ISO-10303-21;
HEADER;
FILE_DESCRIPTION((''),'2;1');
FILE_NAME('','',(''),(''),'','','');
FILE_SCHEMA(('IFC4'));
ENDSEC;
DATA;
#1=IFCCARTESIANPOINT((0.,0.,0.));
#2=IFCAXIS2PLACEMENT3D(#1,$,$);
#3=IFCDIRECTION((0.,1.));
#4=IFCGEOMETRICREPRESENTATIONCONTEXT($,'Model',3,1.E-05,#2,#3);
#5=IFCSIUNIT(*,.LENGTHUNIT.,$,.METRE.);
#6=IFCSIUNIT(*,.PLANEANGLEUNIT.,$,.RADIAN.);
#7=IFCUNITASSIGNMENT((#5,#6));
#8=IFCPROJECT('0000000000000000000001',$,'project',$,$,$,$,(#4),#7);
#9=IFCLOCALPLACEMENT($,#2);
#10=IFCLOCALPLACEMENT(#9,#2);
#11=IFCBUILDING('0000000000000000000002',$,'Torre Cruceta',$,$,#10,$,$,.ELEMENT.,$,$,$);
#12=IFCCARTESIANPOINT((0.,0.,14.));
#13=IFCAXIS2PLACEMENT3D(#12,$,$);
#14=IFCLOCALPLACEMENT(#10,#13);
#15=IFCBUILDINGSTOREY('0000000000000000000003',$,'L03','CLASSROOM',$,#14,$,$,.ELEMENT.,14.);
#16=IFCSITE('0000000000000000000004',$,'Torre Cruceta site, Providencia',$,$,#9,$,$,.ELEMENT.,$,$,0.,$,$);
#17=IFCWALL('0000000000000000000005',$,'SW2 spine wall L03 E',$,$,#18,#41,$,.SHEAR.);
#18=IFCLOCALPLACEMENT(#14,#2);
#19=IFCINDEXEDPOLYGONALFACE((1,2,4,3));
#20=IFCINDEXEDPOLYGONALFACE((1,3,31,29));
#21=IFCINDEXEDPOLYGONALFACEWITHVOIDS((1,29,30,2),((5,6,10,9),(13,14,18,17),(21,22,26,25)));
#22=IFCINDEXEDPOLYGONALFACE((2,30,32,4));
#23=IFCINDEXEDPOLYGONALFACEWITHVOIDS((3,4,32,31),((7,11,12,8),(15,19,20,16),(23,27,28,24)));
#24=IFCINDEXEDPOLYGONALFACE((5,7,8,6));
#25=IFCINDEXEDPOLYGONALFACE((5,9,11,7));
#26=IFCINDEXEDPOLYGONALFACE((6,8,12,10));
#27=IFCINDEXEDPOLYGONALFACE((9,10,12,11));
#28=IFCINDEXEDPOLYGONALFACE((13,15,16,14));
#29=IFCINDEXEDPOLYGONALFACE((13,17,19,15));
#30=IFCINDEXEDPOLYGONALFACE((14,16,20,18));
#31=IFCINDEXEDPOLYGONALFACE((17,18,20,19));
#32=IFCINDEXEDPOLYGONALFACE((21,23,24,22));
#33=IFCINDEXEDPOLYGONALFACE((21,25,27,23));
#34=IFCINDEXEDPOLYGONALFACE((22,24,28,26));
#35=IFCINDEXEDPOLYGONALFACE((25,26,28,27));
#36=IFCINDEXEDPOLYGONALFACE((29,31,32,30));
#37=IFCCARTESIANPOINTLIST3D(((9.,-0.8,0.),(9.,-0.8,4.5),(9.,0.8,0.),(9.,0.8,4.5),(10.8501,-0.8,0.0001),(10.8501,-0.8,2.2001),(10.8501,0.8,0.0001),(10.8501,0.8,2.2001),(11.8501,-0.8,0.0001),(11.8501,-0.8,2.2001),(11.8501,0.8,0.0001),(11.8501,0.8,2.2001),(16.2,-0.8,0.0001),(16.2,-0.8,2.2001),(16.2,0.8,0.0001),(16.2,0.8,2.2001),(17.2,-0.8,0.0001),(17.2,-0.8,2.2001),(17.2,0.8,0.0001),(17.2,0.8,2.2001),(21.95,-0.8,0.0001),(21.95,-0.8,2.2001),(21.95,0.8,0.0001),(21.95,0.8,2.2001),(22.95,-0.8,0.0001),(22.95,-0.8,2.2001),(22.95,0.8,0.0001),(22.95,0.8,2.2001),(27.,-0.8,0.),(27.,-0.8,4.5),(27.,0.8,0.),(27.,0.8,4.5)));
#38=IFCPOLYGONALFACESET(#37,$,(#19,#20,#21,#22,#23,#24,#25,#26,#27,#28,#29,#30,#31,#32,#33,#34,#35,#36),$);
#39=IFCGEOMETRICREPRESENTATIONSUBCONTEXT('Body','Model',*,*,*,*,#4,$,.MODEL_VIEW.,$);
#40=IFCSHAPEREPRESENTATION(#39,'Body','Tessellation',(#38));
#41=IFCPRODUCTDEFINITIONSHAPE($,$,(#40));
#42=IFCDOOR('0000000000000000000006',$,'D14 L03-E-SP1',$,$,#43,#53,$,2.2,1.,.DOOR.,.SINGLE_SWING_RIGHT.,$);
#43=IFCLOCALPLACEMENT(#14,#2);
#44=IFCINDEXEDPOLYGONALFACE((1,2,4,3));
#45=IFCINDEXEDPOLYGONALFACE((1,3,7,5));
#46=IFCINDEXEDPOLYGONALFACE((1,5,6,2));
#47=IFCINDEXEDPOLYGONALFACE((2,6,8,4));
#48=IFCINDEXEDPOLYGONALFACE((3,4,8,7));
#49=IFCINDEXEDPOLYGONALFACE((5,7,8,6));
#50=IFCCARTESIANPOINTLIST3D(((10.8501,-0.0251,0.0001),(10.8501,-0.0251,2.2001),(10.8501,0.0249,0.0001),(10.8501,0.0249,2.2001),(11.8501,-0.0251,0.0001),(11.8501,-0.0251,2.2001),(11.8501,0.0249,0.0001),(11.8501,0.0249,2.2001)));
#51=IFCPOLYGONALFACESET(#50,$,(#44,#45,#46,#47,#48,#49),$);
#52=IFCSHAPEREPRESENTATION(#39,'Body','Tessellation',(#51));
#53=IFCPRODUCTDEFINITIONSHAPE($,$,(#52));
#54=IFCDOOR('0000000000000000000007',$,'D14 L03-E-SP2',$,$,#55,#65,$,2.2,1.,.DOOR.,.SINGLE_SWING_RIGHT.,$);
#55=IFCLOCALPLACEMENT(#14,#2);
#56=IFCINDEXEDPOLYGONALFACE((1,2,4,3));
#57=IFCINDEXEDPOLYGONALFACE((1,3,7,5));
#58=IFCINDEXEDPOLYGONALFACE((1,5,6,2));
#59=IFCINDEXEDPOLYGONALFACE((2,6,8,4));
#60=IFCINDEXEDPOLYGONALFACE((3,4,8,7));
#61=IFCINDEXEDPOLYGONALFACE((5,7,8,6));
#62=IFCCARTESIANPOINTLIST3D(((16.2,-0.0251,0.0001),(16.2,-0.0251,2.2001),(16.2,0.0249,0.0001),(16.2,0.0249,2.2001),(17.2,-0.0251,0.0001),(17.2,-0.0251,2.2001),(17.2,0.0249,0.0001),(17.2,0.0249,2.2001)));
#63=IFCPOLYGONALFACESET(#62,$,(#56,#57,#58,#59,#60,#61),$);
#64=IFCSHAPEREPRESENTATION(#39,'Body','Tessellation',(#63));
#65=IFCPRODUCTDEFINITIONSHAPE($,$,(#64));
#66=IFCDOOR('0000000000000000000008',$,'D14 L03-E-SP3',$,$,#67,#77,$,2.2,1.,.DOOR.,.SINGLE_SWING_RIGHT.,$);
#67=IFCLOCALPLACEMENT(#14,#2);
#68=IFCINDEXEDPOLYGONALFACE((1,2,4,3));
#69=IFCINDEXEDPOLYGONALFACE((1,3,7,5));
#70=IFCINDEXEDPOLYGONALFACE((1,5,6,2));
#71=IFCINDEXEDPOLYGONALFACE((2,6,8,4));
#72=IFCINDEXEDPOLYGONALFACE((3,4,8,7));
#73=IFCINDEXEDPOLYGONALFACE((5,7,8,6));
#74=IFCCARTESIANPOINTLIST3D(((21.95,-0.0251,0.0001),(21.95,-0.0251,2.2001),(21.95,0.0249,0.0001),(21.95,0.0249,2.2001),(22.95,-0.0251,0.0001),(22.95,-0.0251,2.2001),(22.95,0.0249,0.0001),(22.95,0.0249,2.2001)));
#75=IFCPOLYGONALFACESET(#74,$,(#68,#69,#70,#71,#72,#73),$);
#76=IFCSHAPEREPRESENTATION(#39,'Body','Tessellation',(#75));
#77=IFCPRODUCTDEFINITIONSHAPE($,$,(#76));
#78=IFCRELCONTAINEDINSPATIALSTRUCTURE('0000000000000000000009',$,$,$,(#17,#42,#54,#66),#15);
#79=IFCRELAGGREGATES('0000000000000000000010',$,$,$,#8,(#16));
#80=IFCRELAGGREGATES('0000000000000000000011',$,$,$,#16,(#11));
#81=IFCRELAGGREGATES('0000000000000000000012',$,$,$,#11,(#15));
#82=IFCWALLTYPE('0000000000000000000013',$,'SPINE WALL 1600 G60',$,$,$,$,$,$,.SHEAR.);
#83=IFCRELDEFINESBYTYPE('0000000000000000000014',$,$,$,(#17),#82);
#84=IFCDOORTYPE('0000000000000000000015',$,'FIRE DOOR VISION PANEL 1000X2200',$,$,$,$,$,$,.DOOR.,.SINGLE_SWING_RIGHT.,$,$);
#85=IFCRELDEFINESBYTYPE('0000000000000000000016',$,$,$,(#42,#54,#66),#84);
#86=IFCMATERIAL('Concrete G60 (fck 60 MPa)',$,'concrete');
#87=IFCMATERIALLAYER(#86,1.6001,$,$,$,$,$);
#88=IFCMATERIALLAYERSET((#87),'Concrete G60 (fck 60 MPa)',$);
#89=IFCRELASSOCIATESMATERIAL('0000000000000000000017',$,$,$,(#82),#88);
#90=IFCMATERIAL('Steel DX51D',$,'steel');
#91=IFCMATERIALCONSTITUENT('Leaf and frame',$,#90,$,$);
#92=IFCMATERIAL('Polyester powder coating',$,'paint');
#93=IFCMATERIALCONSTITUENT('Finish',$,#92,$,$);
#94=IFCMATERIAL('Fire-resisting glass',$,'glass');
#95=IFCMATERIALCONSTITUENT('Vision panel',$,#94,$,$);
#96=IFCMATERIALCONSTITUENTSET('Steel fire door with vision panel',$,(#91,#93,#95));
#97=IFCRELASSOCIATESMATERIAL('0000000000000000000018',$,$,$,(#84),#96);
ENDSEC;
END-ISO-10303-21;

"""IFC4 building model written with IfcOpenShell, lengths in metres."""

from ifc_helpers import new_model, si_unit, direction, frame, frame_2d, origin, place, context, subcontext, project, spatial, rectangle, extrude, material, layer, layer_set, constituent, constituent_set, type_object, element, fill, save


model = new_model("IFC4")

# Units and contexts
model_context = context("Model", 3, precision=1e-05, world=origin(), true_north=direction((0.0, 1.0)))
body_context = subcontext(model_context, "Body", "Model", "MODEL_VIEW")
ifc_project = project(units=[si_unit("LENGTHUNIT", "METRE"), si_unit("PLANEANGLEUNIT", "RADIAN")], contexts=[model_context])

# Site, building, storey
site_placement = place(None, origin())
site = spatial("IfcSite", under=ifc_project, at=site_placement, Name="Torre Cruceta site, Providencia", CompositionType="ELEMENT", RefElevation=0.0)
building_placement = place(site_placement, origin())
building = spatial("IfcBuilding", under=site, at=building_placement, Name="Torre Cruceta", CompositionType="ELEMENT")
storey_placement = place(building_placement, frame((0.0, 0.0, 14.0)))
storey = spatial("IfcBuildingStorey", under=building, at=storey_placement, Name="L03", Description="CLASSROOM", CompositionType="ELEMENT", Elevation=14.0)

# Wall, openings, doors
ifc_material_1 = material(Name="Concrete G60 (fck 60 MPa)", Category="concrete")
ifc_layer_1 = layer(ifc_material_1, 1.6001)
ifc_layer_set_1 = layer_set([ifc_layer_1], Name="Concrete G60 (fck 60 MPa)")
wall_type_1 = type_object("IfcWallType", Name="SPINE WALL 1600 G60", PredefinedType="SHEAR", material=ifc_layer_set_1)
wall_1_placement = place(storey_placement, frame((9.0, 0.0, 0.0), z_axis=(0.0, 0.0, 1.0), x_axis=(1.0, 0.0, 0.0)))
wall_1 = element("IfcWall", 1, at=wall_1_placement, inside=storey, type_object=wall_type_1, Name="SW2 spine wall L03 E", PredefinedType="SHEAR", context=body_context, shape_type="SweptSolid", body=[
    extrude(rectangle(XDim=18.0, YDim=1.6001, at=frame_2d((9.0, 0.0))), origin(), (0.0, 0.0, 1.0), 4.5),
])
opening_1_placement = place(wall_1_placement, frame((1.8501, 0.0, 0.0)))
opening_1 = element("IfcOpeningElement", 2, at=opening_1_placement, cuts=wall_1, PredefinedType="OPENING", context=body_context, shape_type="SweptSolid", body=[
    extrude(rectangle(XDim=1.0, YDim=2.2, at=frame_2d((0.5, 1.1001))), frame((0.0, 0.8101, 0.0), z_axis=(0.0, -1.0, 0.0), x_axis=(1.0, 0.0, 0.0)), (0.0, 0.0, 1.0), 1.6201),
])
opening_2_placement = place(wall_1_placement, frame((7.2, 0.0, 0.0)))
opening_2 = element("IfcOpeningElement", 3, at=opening_2_placement, cuts=wall_1, PredefinedType="OPENING", context=body_context, shape_type="SweptSolid", body=[
    extrude(rectangle(XDim=1.0, YDim=2.2, at=frame_2d((0.5, 1.1001))), frame((0.0, 0.8101, 0.0), z_axis=(0.0, -1.0, 0.0), x_axis=(1.0, 0.0, 0.0)), (0.0, 0.0, 1.0), 1.6201),
])
opening_3_placement = place(wall_1_placement, frame((12.95, 0.0, 0.0)))
opening_3 = element("IfcOpeningElement", 4, at=opening_3_placement, cuts=wall_1, PredefinedType="OPENING", context=body_context, shape_type="SweptSolid", body=[
    extrude(rectangle(XDim=1.0, YDim=2.2, at=frame_2d((0.5, 1.1001))), frame((0.0, 0.8101, 0.0), z_axis=(0.0, -1.0, 0.0), x_axis=(1.0, 0.0, 0.0)), (0.0, 0.0, 1.0), 1.6201),
])
ifc_material_2 = material(Name="Steel DX51D", Category="steel")
ifc_constituent_1 = constituent(ifc_material_2, Name="Leaf and frame")
ifc_material_3 = material(Name="Polyester powder coating", Category="paint")
ifc_constituent_2 = constituent(ifc_material_3, Name="Finish")
ifc_material_4 = material(Name="Fire-resisting glass", Category="glass")
ifc_constituent_3 = constituent(ifc_material_4, Name="Vision panel")
ifc_constituent_set_1 = constituent_set(constituents=[ifc_constituent_1, ifc_constituent_2, ifc_constituent_3], Name="Steel fire door with vision panel")
door_type = type_object("IfcDoorType", Name="FIRE DOOR VISION PANEL 1000X2200", OperationType="SINGLE_SWING_RIGHT", PredefinedType="DOOR", material=ifc_constituent_set_1)
door_1_placement = place(opening_1_placement, frame((1.0, 0.0, 0.0), z_axis=(0.0, 0.0, 1.0), x_axis=(-1.0, 0.0, 0.0)))
door_1 = element("IfcDoor", 5, at=door_1_placement, inside=storey, type_object=door_type, Name="D14 L03-E-SP1", OperationType="SINGLE_SWING_RIGHT", OverallHeight=2.2, OverallWidth=1.0, PredefinedType="DOOR", context=body_context, shape_type="SweptSolid", body=[
    extrude(rectangle(XDim=1.0, YDim=2.2, at=frame_2d((0.5, 1.1001))), frame((0.0, 0.0251, 0.0), z_axis=(0.0, -1.0, 0.0), x_axis=(1.0, 0.0, 0.0)), (0.0, 0.0, 1.0), 0.05),
])
fill(opening_1, door_1)
door_2_placement = place(opening_2_placement, frame((1.0, 0.0, 0.0), z_axis=(0.0, 0.0, 1.0), x_axis=(-1.0, 0.0, 0.0)))
door_2 = element("IfcDoor", 6, at=door_2_placement, inside=storey, type_object=door_type, Name="D14 L03-E-SP2", OperationType="SINGLE_SWING_RIGHT", OverallHeight=2.2, OverallWidth=1.0, PredefinedType="DOOR", context=body_context, shape_type="SweptSolid", body=[
    extrude(rectangle(XDim=1.0, YDim=2.2, at=frame_2d((0.5, 1.1001))), frame((0.0, 0.0251, 0.0), z_axis=(0.0, -1.0, 0.0), x_axis=(1.0, 0.0, 0.0)), (0.0, 0.0, 1.0), 0.05),
])
fill(opening_2, door_2)
door_3_placement = place(opening_3_placement, origin())
door_3 = element("IfcDoor", 7, at=door_3_placement, inside=storey, type_object=door_type, Name="D14 L03-E-SP3", OperationType="SINGLE_SWING_RIGHT", OverallHeight=2.2, OverallWidth=1.0, PredefinedType="DOOR", context=body_context, shape_type="SweptSolid", body=[
    extrude(rectangle(XDim=1.0, YDim=2.2, at=frame_2d((0.5, 1.1001))), frame((0.0, 0.0249, 0.0), z_axis=(0.0, -1.0, 0.0), x_axis=(1.0, 0.0, 0.0)), (0.0, 0.0, 1.0), 0.05),
])
fill(opening_3, door_3)

save(model, "model.ifc")
